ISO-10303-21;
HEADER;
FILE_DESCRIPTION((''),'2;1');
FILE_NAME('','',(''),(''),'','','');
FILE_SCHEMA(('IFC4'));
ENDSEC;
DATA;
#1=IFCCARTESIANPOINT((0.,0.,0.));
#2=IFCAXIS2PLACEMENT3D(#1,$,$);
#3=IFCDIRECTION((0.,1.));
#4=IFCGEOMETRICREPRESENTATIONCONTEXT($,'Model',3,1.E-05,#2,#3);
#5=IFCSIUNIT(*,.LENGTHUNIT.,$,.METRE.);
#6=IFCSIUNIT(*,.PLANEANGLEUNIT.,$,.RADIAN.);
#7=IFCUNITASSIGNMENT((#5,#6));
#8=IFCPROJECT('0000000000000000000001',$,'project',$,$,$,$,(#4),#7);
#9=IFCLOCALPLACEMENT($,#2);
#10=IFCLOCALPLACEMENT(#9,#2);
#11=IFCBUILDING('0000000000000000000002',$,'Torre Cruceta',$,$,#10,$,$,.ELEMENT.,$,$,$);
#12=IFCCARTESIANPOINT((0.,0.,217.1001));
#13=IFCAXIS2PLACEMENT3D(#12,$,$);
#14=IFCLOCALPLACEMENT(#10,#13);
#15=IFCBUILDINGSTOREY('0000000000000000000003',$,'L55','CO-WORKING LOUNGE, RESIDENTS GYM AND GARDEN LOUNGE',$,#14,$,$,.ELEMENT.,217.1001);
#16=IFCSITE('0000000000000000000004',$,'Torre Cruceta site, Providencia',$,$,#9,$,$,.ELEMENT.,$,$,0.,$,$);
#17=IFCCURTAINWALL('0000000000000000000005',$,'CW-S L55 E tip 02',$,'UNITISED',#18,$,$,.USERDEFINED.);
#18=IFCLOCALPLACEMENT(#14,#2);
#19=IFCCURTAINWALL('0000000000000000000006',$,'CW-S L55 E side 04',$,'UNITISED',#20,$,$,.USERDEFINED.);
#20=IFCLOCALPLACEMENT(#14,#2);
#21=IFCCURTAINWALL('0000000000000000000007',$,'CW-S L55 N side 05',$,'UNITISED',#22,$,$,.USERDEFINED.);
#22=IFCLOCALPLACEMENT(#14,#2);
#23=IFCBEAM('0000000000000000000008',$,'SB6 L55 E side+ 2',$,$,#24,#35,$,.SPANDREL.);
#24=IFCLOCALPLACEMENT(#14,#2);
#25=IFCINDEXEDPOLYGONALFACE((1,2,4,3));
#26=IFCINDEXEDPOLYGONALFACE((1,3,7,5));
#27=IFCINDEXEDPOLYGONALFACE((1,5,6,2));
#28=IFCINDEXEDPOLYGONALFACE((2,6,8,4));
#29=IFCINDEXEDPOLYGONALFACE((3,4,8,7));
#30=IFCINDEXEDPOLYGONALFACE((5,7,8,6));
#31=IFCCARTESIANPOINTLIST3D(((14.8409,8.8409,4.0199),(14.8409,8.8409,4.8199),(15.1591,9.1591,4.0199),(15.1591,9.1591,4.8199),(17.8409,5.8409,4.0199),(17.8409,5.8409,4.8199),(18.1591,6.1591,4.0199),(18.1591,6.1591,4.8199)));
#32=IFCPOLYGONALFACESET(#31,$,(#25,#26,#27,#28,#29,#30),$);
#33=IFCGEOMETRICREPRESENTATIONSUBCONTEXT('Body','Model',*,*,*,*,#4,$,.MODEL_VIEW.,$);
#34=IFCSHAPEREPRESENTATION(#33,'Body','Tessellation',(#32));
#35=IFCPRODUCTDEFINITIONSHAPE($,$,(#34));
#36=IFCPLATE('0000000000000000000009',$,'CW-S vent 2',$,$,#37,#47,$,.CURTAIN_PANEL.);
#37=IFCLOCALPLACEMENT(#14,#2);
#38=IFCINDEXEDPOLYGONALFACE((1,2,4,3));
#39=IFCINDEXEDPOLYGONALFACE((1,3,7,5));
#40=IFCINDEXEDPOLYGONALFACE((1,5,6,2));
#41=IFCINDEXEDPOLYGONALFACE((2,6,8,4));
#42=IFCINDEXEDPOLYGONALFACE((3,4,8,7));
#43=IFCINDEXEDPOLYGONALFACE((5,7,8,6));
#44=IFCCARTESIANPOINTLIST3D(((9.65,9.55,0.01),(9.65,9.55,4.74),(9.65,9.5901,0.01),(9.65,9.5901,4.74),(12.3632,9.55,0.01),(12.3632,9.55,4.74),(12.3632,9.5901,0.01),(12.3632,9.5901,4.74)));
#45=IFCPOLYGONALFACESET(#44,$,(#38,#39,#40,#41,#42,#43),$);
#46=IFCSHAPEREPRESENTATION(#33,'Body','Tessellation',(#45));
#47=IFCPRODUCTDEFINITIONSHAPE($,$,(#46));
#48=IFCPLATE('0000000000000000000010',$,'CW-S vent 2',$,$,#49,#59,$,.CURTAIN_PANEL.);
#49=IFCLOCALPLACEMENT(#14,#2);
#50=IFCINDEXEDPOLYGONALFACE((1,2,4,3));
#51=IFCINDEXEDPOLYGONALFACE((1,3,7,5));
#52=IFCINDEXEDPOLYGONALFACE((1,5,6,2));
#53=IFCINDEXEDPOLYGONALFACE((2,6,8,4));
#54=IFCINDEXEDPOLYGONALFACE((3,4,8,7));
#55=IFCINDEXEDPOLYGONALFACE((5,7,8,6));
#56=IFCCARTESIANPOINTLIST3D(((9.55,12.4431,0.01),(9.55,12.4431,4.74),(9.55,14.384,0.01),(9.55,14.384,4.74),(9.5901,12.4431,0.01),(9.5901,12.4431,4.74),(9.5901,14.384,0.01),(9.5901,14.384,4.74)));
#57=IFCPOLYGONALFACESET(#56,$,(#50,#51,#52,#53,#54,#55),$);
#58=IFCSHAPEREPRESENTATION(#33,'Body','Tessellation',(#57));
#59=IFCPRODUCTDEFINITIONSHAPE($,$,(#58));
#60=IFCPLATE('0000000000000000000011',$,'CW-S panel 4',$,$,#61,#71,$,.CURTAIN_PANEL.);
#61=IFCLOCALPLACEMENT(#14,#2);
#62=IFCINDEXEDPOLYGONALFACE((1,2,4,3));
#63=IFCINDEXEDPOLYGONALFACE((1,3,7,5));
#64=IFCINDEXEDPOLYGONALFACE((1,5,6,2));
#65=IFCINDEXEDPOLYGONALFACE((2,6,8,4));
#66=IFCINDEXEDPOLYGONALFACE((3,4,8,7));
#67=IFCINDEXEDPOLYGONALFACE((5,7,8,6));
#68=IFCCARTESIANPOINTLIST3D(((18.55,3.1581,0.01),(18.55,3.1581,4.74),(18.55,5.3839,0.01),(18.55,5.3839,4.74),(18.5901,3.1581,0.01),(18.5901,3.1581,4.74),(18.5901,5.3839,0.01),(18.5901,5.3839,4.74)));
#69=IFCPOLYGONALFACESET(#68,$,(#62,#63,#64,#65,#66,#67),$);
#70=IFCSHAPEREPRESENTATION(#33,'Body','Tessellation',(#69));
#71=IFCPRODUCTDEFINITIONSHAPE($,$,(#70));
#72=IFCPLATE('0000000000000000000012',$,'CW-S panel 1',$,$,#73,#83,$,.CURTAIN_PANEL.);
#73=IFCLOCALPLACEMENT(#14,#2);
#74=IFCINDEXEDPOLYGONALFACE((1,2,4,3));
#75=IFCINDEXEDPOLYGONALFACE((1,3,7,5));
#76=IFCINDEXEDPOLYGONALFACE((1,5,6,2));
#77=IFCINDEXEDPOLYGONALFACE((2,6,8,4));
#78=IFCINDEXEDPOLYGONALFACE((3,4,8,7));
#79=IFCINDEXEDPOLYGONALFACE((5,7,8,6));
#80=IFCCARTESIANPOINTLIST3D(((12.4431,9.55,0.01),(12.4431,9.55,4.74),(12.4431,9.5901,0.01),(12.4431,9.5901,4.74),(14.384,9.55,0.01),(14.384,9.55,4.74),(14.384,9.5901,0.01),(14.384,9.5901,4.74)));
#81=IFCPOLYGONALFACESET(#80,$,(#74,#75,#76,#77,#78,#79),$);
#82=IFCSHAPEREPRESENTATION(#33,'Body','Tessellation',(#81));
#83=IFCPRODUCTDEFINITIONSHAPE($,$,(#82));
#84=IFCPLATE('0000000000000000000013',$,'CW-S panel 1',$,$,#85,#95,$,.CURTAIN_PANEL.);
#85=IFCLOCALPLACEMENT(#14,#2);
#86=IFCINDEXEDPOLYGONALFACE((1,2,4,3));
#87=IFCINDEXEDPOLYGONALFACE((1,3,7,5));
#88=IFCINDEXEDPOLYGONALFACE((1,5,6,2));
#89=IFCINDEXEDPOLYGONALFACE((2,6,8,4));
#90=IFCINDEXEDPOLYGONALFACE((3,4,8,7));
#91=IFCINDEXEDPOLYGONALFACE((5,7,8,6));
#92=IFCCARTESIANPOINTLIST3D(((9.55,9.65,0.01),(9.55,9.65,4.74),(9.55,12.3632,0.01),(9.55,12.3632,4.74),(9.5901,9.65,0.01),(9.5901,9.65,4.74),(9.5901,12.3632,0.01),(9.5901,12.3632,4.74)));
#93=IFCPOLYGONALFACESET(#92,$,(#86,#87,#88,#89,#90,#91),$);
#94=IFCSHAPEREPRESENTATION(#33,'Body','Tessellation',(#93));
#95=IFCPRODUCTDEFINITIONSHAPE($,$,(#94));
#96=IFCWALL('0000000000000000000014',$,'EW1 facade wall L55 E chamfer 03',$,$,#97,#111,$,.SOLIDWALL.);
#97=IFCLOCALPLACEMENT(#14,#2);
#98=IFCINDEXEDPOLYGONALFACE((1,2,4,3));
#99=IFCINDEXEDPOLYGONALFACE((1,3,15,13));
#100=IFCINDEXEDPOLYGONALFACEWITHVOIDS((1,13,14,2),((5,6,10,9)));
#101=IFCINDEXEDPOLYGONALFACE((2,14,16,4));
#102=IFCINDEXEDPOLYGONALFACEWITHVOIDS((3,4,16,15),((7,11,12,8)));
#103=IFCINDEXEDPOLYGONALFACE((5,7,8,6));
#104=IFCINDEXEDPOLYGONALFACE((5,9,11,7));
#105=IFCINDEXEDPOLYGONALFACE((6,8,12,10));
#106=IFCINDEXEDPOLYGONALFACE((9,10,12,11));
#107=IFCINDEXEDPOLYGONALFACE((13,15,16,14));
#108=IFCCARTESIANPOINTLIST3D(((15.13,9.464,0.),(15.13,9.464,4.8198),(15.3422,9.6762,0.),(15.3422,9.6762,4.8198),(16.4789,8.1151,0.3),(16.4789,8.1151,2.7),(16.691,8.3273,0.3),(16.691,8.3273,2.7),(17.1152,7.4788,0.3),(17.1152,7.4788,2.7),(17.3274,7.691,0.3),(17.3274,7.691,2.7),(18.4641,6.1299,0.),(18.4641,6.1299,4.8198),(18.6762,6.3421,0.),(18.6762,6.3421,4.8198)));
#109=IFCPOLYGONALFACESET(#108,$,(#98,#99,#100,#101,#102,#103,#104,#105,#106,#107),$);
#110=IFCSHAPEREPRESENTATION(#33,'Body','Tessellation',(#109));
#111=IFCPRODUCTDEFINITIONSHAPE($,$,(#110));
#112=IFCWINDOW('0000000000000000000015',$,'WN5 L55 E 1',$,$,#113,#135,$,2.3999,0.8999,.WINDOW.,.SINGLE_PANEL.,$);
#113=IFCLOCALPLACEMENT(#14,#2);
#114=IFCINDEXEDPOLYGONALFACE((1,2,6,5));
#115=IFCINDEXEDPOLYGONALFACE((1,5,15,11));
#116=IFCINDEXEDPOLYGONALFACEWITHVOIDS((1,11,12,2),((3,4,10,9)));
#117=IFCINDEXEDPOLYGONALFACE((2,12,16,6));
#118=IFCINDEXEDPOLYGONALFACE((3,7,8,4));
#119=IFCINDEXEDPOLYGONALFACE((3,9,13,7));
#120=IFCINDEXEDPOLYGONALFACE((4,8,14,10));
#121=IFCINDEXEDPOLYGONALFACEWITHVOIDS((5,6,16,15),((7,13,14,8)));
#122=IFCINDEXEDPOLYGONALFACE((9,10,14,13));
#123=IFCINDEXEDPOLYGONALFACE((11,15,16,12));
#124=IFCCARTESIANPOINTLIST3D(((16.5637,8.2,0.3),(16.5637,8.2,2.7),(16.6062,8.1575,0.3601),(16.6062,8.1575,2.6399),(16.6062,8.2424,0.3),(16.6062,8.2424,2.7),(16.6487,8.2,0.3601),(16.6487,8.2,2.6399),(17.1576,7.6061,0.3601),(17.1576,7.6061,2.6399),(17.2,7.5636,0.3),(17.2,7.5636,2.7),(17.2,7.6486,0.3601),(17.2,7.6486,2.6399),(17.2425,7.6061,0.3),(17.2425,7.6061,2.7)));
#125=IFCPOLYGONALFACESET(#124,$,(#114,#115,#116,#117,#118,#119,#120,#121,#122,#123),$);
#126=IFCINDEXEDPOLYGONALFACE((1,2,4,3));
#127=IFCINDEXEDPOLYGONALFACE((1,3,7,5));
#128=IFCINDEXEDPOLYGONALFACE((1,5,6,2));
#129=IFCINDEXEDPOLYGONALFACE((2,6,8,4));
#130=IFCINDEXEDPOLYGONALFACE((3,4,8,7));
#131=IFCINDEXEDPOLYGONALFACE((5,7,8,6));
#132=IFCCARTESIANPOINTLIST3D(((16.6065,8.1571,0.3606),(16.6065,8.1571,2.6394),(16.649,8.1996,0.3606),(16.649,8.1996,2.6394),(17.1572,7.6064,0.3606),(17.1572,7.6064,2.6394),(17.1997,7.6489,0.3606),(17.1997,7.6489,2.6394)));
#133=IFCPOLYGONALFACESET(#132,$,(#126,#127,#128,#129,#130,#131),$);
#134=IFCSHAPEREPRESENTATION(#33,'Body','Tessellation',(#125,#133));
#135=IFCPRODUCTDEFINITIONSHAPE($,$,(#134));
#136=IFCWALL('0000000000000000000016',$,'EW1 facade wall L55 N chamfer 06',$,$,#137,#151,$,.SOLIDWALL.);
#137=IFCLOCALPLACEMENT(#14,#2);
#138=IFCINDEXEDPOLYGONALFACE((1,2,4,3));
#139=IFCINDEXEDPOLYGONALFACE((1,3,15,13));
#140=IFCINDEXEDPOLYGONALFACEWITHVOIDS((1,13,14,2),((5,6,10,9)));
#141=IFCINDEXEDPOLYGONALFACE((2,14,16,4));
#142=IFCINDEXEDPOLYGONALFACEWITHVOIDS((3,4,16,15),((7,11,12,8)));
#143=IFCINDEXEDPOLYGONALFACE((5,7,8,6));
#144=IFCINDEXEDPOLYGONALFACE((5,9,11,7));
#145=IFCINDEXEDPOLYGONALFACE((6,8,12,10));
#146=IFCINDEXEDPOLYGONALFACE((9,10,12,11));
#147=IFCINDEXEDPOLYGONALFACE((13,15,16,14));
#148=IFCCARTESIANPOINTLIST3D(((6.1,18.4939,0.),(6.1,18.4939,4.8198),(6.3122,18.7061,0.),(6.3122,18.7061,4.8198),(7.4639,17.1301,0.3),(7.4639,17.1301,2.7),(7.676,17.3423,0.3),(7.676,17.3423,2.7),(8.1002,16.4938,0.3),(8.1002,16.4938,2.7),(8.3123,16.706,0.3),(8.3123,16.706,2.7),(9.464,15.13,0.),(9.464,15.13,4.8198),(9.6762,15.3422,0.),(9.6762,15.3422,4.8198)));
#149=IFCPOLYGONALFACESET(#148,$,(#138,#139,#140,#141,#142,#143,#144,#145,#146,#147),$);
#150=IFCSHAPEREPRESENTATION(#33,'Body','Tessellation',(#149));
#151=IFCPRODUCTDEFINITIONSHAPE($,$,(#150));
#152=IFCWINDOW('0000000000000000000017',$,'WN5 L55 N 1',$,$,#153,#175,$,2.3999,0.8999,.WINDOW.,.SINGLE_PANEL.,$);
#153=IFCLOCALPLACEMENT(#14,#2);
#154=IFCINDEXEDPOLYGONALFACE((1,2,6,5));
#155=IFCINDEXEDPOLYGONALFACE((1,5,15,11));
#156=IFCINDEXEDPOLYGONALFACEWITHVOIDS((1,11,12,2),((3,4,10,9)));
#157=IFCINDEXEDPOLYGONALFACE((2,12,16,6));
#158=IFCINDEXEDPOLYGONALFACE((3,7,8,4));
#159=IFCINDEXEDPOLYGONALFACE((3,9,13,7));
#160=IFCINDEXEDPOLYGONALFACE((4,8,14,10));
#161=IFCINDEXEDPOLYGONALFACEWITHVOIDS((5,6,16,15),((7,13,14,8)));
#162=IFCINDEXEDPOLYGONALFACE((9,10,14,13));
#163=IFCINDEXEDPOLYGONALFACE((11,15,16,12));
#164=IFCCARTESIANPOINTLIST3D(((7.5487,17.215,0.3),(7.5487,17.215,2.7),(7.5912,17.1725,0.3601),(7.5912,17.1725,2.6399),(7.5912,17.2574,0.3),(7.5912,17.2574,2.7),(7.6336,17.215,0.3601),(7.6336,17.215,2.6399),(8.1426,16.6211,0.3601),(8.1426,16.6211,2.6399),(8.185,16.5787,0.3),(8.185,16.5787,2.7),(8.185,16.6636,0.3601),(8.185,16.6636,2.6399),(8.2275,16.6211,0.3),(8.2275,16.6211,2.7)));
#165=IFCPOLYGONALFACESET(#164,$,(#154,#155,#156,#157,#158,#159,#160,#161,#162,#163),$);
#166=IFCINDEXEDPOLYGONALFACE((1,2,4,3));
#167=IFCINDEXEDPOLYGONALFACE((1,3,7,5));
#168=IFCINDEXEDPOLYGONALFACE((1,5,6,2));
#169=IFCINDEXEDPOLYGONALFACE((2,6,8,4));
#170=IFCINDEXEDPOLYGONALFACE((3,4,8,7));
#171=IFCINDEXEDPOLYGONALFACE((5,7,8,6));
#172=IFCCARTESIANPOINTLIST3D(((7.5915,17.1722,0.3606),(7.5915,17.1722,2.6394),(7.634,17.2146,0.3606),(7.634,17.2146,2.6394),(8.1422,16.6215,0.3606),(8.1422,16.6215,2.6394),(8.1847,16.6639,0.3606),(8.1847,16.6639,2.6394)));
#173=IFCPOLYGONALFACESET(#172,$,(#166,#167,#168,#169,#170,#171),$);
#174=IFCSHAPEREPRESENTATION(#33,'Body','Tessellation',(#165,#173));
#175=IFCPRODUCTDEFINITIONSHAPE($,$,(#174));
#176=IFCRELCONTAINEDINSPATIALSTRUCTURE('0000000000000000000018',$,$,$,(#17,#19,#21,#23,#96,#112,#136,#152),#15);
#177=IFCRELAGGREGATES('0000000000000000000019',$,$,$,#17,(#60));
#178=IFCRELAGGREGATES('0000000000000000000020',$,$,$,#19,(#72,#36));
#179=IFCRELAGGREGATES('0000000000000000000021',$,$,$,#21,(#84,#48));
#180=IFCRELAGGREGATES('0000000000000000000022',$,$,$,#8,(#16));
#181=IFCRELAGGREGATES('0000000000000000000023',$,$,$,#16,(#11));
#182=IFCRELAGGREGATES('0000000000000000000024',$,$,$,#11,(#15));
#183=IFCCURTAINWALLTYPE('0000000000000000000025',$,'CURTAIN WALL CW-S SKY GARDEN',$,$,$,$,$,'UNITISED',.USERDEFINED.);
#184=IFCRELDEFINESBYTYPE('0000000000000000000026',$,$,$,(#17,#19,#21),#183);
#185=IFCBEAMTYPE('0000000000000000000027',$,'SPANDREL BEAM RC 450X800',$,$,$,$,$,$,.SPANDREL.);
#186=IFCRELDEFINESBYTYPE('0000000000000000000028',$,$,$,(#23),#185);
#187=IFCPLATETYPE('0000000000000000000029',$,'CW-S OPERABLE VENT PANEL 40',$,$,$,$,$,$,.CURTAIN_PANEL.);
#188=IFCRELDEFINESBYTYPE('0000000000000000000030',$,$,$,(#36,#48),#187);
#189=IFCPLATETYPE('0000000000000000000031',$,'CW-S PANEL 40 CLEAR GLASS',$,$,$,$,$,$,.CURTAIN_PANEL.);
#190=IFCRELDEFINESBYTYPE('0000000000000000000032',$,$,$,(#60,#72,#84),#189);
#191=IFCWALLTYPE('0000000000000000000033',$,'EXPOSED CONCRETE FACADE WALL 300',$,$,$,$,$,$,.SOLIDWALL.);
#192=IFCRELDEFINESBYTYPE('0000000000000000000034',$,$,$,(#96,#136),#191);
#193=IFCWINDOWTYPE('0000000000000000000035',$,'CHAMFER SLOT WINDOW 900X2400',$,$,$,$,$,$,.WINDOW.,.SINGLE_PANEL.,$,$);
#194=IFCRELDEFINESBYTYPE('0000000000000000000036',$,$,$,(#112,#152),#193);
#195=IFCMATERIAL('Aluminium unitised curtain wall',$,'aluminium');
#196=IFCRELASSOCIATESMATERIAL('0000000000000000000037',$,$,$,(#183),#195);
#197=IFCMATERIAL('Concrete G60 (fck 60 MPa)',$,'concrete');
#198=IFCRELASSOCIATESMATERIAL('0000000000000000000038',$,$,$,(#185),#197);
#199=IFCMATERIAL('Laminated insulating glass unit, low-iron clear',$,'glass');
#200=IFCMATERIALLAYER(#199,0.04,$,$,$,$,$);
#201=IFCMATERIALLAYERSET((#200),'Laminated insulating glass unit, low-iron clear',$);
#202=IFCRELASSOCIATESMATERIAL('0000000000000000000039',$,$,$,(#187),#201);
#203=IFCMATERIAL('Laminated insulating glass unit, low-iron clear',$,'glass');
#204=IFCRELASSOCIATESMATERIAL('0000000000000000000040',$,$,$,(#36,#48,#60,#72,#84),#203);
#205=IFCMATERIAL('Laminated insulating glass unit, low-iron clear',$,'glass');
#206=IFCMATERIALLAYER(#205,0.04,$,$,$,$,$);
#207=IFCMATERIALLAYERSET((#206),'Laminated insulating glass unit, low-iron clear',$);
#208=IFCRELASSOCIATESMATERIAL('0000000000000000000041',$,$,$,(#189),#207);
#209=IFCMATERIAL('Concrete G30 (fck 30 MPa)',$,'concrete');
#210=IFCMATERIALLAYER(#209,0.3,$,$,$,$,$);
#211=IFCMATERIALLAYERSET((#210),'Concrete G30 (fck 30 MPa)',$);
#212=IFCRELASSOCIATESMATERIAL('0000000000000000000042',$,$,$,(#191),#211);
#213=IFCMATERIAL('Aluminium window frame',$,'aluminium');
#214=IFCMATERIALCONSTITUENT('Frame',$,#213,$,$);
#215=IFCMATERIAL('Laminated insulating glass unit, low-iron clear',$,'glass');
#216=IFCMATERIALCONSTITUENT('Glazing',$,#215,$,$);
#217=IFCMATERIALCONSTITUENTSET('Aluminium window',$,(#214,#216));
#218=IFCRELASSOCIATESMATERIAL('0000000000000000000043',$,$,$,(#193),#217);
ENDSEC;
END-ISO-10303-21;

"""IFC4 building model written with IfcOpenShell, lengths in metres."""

from ifc_helpers import new_model, si_unit, direction, frame, frame_2d, origin, origin_2d, place, context, subcontext, project, spatial, rectangle, hollow_rectangle, extrude, material, layer, layer_set, constituent, constituent_set, material_profile, profile_set, type_object, element, fill, aggregate, save


model = new_model("IFC4")

# Units and contexts
model_context = context("Model", 3, precision=1e-05, world=origin(), true_north=direction((0.0, 1.0)))
body_context = subcontext(model_context, "Body", "Model", "MODEL_VIEW")
ifc_project = project(units=[si_unit("LENGTHUNIT", "METRE"), si_unit("PLANEANGLEUNIT", "RADIAN")], contexts=[model_context])

# Site, building, storey
site_placement = place(None, origin())
site = spatial("IfcSite", under=ifc_project, at=site_placement, Name="Torre Cruceta site, Providencia", CompositionType="ELEMENT", RefElevation=0.0)
building_placement = place(site_placement, origin())
building = spatial("IfcBuilding", under=site, at=building_placement, Name="Torre Cruceta", CompositionType="ELEMENT")
storey_placement = place(building_placement, frame((0.0, 0.0, 217.1001)))
storey = spatial("IfcBuildingStorey", under=building, at=storey_placement, Name="L55", Description="CO-WORKING LOUNGE, RESIDENTS GYM AND GARDEN LOUNGE", CompositionType="ELEMENT", Elevation=217.1001)

# Curtain wall
ifc_material_1 = material(Name="Aluminium unitised curtain wall", Category="aluminium")
curtain_wall_type = type_object("IfcCurtainWallType", Name="CURTAIN WALL CW-S SKY GARDEN", ElementType="UNITISED", PredefinedType="USERDEFINED", material=ifc_material_1)
curtain_wall_1_placement = place(storey_placement, origin())
curtain_wall_1 = element("IfcCurtainWall", 1, at=curtain_wall_1_placement, inside=storey, type_object=curtain_wall_type, Name="CW-S L55 E tip 02", ObjectType="UNITISED", PredefinedType="USERDEFINED")

# Curtain walls
curtain_wall_2_placement = place(storey_placement, origin())
curtain_wall_2 = element("IfcCurtainWall", 2, at=curtain_wall_2_placement, inside=storey, type_object=curtain_wall_type, Name="CW-S L55 E side 04", ObjectType="UNITISED", PredefinedType="USERDEFINED")
curtain_wall_3_placement = place(storey_placement, origin())
curtain_wall_3 = element("IfcCurtainWall", 3, at=curtain_wall_3_placement, inside=storey, type_object=curtain_wall_type, Name="CW-S L55 N side 05", ObjectType="UNITISED", PredefinedType="USERDEFINED")

# Beam
ifc_material_2 = material(Name="Concrete G60 (fck 60 MPa)", Category="concrete")
ifc_material_profile_1 = material_profile(ifc_material_2, rectangle(XDim=0.45, YDim=0.8, at=origin_2d()), Name="RC 450X800")
ifc_profile_set_1 = profile_set([ifc_material_profile_1], Name="Concrete G60 (fck 60 MPa)")
beam_type_1 = type_object("IfcBeamType", Name="SPANDREL BEAM RC 450X800", PredefinedType="SPANDREL", material=ifc_profile_set_1)
beam_1_placement = place(storey_placement, frame((15.0, 9.0, 4.4199), z_axis=(0.707107, -0.707107, 0.0), x_axis=(0.707107, 0.707107, 0.0)))
element("IfcBeam", 4, at=beam_1_placement, inside=storey, type_object=beam_type_1, Name="SB6 L55 E side+ 2", PredefinedType="SPANDREL", context=body_context, shape_type="SweptSolid", body=[
    extrude(rectangle(XDim=0.45, YDim=0.8, at=origin_2d()), origin(), (0.0, 0.0, 1.0), 4.2427),
])

# Plates
ifc_material_3 = material(Name="Laminated insulating glass unit, low-iron clear", Category="glass")
ifc_material_4 = material(Name="Laminated insulating glass unit, low-iron clear", Category="glass")
ifc_layer_1 = layer(ifc_material_4, 0.04)
ifc_layer_set_1 = layer_set([ifc_layer_1], Name="Laminated insulating glass unit, low-iron clear")
plate_type_1 = type_object("IfcPlateType", Name="CW-S OPERABLE VENT PANEL 40", PredefinedType="CURTAIN_PANEL", material=ifc_layer_set_1)
plate_1_placement = place(storey_placement, frame((11.0066, 9.5701, 0.01), z_axis=(0.0, 0.0, 1.0), x_axis=(-1.0, 0.0, 0.0)))
plate_1 = element("IfcPlate", 5, at=plate_1_placement, type_object=plate_type_1, material=ifc_material_3, Name="CW-S vent 2", PredefinedType="CURTAIN_PANEL", context=body_context, shape_type="SweptSolid", body=[
    extrude(rectangle(XDim=2.7131, YDim=0.04, at=origin_2d()), origin(), (0.0, 0.0, 1.0), 4.73),
])
plate_2_placement = place(storey_placement, frame((9.5701, 13.4136, 0.01), z_axis=(0.0, 0.0, 1.0), x_axis=(0.0, 1.0, 0.0)))
plate_2 = element("IfcPlate", 6, at=plate_2_placement, type_object=plate_type_1, material=ifc_material_3, Name="CW-S vent 2", PredefinedType="CURTAIN_PANEL", context=body_context, shape_type="SweptSolid", body=[
    extrude(rectangle(XDim=1.9409, YDim=0.04, at=origin_2d()), origin(), (0.0, 0.0, 1.0), 4.73),
])
ifc_material_5 = material(Name="Laminated insulating glass unit, low-iron clear", Category="glass")
ifc_layer_2 = layer(ifc_material_5, 0.04)
ifc_layer_set_2 = layer_set([ifc_layer_2], Name="Laminated insulating glass unit, low-iron clear")
plate_type_2 = type_object("IfcPlateType", Name="CW-S PANEL 40 CLEAR GLASS", PredefinedType="CURTAIN_PANEL", material=ifc_layer_set_2)
plate_3_placement = place(storey_placement, frame((18.5701, 4.271, 0.01), z_axis=(0.0, 0.0, 1.0), x_axis=(0.0, 1.0, 0.0)))
plate_3 = element("IfcPlate", 7, at=plate_3_placement, type_object=plate_type_2, material=ifc_material_3, Name="CW-S panel 4", PredefinedType="CURTAIN_PANEL", context=body_context, shape_type="SweptSolid", body=[
    extrude(rectangle(XDim=2.2258, YDim=0.04, at=origin_2d()), origin(), (0.0, 0.0, 1.0), 4.73),
])
aggregate(curtain_wall_1, [plate_3])
plate_4_placement = place(storey_placement, frame((13.4136, 9.5701, 0.01), z_axis=(0.0, 0.0, 1.0), x_axis=(-1.0, 0.0, 0.0)))
plate_4 = element("IfcPlate", 8, at=plate_4_placement, type_object=plate_type_2, material=ifc_material_3, Name="CW-S panel 1", PredefinedType="CURTAIN_PANEL", context=body_context, shape_type="SweptSolid", body=[
    extrude(rectangle(XDim=1.9409, YDim=0.04, at=origin_2d()), origin(), (0.0, 0.0, 1.0), 4.73),
])
aggregate(curtain_wall_2, [plate_4, plate_1])
plate_5_placement = place(storey_placement, frame((9.5701, 11.0066, 0.01), z_axis=(0.0, 0.0, 1.0), x_axis=(0.0, 1.0, 0.0)))
plate_5 = element("IfcPlate", 9, at=plate_5_placement, type_object=plate_type_2, material=ifc_material_3, Name="CW-S panel 1", PredefinedType="CURTAIN_PANEL", context=body_context, shape_type="SweptSolid", body=[
    extrude(rectangle(XDim=2.7131, YDim=0.04, at=origin_2d()), origin(), (0.0, 0.0, 1.0), 4.73),
])
aggregate(curtain_wall_3, [plate_5, plate_2])

# Walls, openings, windows
ifc_material_6 = material(Name="Concrete G30 (fck 30 MPa)", Category="concrete")
ifc_layer_3 = layer(ifc_material_6, 0.3)
ifc_layer_set_3 = layer_set([ifc_layer_3], Name="Concrete G30 (fck 30 MPa)")
wall_type = type_object("IfcWallType", Name="EXPOSED CONCRETE FACADE WALL 300", PredefinedType="SOLIDWALL", material=ifc_layer_set_3)
wall_1_placement = place(storey_placement, frame((18.5701, 6.2361, 0.0), z_axis=(0.0, 0.0, 1.0), x_axis=(-0.707107, 0.707107, 0.0)))
wall_1 = element("IfcWall", 10, at=wall_1_placement, inside=storey, type_object=wall_type, Name="EW1 facade wall L55 E chamfer 03", PredefinedType="SOLIDWALL", context=body_context, shape_type="SweptSolid", body=[
    extrude(rectangle(XDim=4.7151, YDim=0.3, at=frame_2d((2.3574, 0.0))), origin(), (0.0, 0.0, 1.0), 4.8198),
])
opening_1_placement = place(wall_1_placement, frame((1.9075, 0.0, 0.3)))
opening_1 = element("IfcOpeningElement", 11, at=opening_1_placement, cuts=wall_1, PredefinedType="OPENING", context=body_context, shape_type="SweptSolid", body=[
    extrude(rectangle(XDim=0.8999, YDim=2.3999, at=frame_2d((0.45, 1.2))), frame((0.0, 0.1599, 0.0), z_axis=(0.0, -1.0, 0.0), x_axis=(1.0, 0.0, 0.0)), (0.0, 0.0, 1.0), 0.3201),
])
ifc_material_7 = material(Name="Aluminium window frame", Category="aluminium")
ifc_constituent_1 = constituent(ifc_material_7, Name="Frame")
ifc_material_8 = material(Name="Laminated insulating glass unit, low-iron clear", Category="glass")
ifc_constituent_2 = constituent(ifc_material_8, Name="Glazing")
ifc_constituent_set = constituent_set(constituents=[ifc_constituent_1, ifc_constituent_2], Name="Aluminium window")
window_type = type_object("IfcWindowType", Name="CHAMFER SLOT WINDOW 900X2400", PartitioningType="SINGLE_PANEL", PredefinedType="WINDOW", material=ifc_constituent_set)
window_1_placement = place(opening_1_placement, origin())
window_1 = element("IfcWindow", 12, at=window_1_placement, inside=storey, type_object=window_type, Name="WN5 L55 E 1", OverallHeight=2.3999, OverallWidth=0.8999, PartitioningType="SINGLE_PANEL", PredefinedType="WINDOW", context=body_context, shape_type="SweptSolid", body=[
    extrude(hollow_rectangle(XDim=0.8999, YDim=2.3999, WallThickness=0.0601, at=frame_2d((0.45, 1.2))), frame((0.0, 0.03, 0.0), z_axis=(0.0, -1.0, 0.0), x_axis=(1.0, 0.0, 0.0)), (0.0, 0.0, 1.0), 0.0601),
    extrude(rectangle(XDim=0.7788, YDim=2.2788, at=frame_2d((0.45, 1.2))), frame((0.0, 0.03, 0.0), z_axis=(0.0, -1.0, 0.0), x_axis=(1.0, 0.0, 0.0)), (0.0, 0.0, 1.0), 0.0601),
])
fill(opening_1, window_1)
wall_2_placement = place(storey_placement, frame((9.5701, 15.2361, 0.0), z_axis=(0.0, 0.0, 1.0), x_axis=(-0.707107, 0.707107, 0.0)))
wall_2 = element("IfcWall", 13, at=wall_2_placement, inside=storey, type_object=wall_type, Name="EW1 facade wall L55 N chamfer 06", PredefinedType="SOLIDWALL", context=body_context, shape_type="SweptSolid", body=[
    extrude(rectangle(XDim=4.7573, YDim=0.3, at=frame_2d((2.3787, 0.0))), origin(), (0.0, 0.0, 1.0), 4.8198),
])
opening_2_placement = place(wall_2_placement, frame((1.9287, 0.0, 0.3)))
opening_2 = element("IfcOpeningElement", 14, at=opening_2_placement, cuts=wall_2, PredefinedType="OPENING", context=body_context, shape_type="SweptSolid", body=[
    extrude(rectangle(XDim=0.8999, YDim=2.3999, at=frame_2d((0.45, 1.2))), frame((0.0, 0.1599, 0.0), z_axis=(0.0, -1.0, 0.0), x_axis=(1.0, 0.0, 0.0)), (0.0, 0.0, 1.0), 0.3201),
])
window_2_placement = place(opening_2_placement, origin())
window_2 = element("IfcWindow", 15, at=window_2_placement, inside=storey, type_object=window_type, Name="WN5 L55 N 1", OverallHeight=2.3999, OverallWidth=0.8999, PartitioningType="SINGLE_PANEL", PredefinedType="WINDOW", context=body_context, shape_type="SweptSolid", body=[
    extrude(hollow_rectangle(XDim=0.8999, YDim=2.3999, WallThickness=0.0601, at=frame_2d((0.45, 1.2))), frame((0.0, 0.03, 0.0), z_axis=(0.0, -1.0, 0.0), x_axis=(1.0, 0.0, 0.0)), (0.0, 0.0, 1.0), 0.0601),
    extrude(rectangle(XDim=0.7788, YDim=2.2788, at=frame_2d((0.45, 1.2))), frame((0.0, 0.03, 0.0), z_axis=(0.0, -1.0, 0.0), x_axis=(1.0, 0.0, 0.0)), (0.0, 0.0, 1.0), 0.0601),
])
fill(opening_2, window_2)

save(model, "model.ifc")
